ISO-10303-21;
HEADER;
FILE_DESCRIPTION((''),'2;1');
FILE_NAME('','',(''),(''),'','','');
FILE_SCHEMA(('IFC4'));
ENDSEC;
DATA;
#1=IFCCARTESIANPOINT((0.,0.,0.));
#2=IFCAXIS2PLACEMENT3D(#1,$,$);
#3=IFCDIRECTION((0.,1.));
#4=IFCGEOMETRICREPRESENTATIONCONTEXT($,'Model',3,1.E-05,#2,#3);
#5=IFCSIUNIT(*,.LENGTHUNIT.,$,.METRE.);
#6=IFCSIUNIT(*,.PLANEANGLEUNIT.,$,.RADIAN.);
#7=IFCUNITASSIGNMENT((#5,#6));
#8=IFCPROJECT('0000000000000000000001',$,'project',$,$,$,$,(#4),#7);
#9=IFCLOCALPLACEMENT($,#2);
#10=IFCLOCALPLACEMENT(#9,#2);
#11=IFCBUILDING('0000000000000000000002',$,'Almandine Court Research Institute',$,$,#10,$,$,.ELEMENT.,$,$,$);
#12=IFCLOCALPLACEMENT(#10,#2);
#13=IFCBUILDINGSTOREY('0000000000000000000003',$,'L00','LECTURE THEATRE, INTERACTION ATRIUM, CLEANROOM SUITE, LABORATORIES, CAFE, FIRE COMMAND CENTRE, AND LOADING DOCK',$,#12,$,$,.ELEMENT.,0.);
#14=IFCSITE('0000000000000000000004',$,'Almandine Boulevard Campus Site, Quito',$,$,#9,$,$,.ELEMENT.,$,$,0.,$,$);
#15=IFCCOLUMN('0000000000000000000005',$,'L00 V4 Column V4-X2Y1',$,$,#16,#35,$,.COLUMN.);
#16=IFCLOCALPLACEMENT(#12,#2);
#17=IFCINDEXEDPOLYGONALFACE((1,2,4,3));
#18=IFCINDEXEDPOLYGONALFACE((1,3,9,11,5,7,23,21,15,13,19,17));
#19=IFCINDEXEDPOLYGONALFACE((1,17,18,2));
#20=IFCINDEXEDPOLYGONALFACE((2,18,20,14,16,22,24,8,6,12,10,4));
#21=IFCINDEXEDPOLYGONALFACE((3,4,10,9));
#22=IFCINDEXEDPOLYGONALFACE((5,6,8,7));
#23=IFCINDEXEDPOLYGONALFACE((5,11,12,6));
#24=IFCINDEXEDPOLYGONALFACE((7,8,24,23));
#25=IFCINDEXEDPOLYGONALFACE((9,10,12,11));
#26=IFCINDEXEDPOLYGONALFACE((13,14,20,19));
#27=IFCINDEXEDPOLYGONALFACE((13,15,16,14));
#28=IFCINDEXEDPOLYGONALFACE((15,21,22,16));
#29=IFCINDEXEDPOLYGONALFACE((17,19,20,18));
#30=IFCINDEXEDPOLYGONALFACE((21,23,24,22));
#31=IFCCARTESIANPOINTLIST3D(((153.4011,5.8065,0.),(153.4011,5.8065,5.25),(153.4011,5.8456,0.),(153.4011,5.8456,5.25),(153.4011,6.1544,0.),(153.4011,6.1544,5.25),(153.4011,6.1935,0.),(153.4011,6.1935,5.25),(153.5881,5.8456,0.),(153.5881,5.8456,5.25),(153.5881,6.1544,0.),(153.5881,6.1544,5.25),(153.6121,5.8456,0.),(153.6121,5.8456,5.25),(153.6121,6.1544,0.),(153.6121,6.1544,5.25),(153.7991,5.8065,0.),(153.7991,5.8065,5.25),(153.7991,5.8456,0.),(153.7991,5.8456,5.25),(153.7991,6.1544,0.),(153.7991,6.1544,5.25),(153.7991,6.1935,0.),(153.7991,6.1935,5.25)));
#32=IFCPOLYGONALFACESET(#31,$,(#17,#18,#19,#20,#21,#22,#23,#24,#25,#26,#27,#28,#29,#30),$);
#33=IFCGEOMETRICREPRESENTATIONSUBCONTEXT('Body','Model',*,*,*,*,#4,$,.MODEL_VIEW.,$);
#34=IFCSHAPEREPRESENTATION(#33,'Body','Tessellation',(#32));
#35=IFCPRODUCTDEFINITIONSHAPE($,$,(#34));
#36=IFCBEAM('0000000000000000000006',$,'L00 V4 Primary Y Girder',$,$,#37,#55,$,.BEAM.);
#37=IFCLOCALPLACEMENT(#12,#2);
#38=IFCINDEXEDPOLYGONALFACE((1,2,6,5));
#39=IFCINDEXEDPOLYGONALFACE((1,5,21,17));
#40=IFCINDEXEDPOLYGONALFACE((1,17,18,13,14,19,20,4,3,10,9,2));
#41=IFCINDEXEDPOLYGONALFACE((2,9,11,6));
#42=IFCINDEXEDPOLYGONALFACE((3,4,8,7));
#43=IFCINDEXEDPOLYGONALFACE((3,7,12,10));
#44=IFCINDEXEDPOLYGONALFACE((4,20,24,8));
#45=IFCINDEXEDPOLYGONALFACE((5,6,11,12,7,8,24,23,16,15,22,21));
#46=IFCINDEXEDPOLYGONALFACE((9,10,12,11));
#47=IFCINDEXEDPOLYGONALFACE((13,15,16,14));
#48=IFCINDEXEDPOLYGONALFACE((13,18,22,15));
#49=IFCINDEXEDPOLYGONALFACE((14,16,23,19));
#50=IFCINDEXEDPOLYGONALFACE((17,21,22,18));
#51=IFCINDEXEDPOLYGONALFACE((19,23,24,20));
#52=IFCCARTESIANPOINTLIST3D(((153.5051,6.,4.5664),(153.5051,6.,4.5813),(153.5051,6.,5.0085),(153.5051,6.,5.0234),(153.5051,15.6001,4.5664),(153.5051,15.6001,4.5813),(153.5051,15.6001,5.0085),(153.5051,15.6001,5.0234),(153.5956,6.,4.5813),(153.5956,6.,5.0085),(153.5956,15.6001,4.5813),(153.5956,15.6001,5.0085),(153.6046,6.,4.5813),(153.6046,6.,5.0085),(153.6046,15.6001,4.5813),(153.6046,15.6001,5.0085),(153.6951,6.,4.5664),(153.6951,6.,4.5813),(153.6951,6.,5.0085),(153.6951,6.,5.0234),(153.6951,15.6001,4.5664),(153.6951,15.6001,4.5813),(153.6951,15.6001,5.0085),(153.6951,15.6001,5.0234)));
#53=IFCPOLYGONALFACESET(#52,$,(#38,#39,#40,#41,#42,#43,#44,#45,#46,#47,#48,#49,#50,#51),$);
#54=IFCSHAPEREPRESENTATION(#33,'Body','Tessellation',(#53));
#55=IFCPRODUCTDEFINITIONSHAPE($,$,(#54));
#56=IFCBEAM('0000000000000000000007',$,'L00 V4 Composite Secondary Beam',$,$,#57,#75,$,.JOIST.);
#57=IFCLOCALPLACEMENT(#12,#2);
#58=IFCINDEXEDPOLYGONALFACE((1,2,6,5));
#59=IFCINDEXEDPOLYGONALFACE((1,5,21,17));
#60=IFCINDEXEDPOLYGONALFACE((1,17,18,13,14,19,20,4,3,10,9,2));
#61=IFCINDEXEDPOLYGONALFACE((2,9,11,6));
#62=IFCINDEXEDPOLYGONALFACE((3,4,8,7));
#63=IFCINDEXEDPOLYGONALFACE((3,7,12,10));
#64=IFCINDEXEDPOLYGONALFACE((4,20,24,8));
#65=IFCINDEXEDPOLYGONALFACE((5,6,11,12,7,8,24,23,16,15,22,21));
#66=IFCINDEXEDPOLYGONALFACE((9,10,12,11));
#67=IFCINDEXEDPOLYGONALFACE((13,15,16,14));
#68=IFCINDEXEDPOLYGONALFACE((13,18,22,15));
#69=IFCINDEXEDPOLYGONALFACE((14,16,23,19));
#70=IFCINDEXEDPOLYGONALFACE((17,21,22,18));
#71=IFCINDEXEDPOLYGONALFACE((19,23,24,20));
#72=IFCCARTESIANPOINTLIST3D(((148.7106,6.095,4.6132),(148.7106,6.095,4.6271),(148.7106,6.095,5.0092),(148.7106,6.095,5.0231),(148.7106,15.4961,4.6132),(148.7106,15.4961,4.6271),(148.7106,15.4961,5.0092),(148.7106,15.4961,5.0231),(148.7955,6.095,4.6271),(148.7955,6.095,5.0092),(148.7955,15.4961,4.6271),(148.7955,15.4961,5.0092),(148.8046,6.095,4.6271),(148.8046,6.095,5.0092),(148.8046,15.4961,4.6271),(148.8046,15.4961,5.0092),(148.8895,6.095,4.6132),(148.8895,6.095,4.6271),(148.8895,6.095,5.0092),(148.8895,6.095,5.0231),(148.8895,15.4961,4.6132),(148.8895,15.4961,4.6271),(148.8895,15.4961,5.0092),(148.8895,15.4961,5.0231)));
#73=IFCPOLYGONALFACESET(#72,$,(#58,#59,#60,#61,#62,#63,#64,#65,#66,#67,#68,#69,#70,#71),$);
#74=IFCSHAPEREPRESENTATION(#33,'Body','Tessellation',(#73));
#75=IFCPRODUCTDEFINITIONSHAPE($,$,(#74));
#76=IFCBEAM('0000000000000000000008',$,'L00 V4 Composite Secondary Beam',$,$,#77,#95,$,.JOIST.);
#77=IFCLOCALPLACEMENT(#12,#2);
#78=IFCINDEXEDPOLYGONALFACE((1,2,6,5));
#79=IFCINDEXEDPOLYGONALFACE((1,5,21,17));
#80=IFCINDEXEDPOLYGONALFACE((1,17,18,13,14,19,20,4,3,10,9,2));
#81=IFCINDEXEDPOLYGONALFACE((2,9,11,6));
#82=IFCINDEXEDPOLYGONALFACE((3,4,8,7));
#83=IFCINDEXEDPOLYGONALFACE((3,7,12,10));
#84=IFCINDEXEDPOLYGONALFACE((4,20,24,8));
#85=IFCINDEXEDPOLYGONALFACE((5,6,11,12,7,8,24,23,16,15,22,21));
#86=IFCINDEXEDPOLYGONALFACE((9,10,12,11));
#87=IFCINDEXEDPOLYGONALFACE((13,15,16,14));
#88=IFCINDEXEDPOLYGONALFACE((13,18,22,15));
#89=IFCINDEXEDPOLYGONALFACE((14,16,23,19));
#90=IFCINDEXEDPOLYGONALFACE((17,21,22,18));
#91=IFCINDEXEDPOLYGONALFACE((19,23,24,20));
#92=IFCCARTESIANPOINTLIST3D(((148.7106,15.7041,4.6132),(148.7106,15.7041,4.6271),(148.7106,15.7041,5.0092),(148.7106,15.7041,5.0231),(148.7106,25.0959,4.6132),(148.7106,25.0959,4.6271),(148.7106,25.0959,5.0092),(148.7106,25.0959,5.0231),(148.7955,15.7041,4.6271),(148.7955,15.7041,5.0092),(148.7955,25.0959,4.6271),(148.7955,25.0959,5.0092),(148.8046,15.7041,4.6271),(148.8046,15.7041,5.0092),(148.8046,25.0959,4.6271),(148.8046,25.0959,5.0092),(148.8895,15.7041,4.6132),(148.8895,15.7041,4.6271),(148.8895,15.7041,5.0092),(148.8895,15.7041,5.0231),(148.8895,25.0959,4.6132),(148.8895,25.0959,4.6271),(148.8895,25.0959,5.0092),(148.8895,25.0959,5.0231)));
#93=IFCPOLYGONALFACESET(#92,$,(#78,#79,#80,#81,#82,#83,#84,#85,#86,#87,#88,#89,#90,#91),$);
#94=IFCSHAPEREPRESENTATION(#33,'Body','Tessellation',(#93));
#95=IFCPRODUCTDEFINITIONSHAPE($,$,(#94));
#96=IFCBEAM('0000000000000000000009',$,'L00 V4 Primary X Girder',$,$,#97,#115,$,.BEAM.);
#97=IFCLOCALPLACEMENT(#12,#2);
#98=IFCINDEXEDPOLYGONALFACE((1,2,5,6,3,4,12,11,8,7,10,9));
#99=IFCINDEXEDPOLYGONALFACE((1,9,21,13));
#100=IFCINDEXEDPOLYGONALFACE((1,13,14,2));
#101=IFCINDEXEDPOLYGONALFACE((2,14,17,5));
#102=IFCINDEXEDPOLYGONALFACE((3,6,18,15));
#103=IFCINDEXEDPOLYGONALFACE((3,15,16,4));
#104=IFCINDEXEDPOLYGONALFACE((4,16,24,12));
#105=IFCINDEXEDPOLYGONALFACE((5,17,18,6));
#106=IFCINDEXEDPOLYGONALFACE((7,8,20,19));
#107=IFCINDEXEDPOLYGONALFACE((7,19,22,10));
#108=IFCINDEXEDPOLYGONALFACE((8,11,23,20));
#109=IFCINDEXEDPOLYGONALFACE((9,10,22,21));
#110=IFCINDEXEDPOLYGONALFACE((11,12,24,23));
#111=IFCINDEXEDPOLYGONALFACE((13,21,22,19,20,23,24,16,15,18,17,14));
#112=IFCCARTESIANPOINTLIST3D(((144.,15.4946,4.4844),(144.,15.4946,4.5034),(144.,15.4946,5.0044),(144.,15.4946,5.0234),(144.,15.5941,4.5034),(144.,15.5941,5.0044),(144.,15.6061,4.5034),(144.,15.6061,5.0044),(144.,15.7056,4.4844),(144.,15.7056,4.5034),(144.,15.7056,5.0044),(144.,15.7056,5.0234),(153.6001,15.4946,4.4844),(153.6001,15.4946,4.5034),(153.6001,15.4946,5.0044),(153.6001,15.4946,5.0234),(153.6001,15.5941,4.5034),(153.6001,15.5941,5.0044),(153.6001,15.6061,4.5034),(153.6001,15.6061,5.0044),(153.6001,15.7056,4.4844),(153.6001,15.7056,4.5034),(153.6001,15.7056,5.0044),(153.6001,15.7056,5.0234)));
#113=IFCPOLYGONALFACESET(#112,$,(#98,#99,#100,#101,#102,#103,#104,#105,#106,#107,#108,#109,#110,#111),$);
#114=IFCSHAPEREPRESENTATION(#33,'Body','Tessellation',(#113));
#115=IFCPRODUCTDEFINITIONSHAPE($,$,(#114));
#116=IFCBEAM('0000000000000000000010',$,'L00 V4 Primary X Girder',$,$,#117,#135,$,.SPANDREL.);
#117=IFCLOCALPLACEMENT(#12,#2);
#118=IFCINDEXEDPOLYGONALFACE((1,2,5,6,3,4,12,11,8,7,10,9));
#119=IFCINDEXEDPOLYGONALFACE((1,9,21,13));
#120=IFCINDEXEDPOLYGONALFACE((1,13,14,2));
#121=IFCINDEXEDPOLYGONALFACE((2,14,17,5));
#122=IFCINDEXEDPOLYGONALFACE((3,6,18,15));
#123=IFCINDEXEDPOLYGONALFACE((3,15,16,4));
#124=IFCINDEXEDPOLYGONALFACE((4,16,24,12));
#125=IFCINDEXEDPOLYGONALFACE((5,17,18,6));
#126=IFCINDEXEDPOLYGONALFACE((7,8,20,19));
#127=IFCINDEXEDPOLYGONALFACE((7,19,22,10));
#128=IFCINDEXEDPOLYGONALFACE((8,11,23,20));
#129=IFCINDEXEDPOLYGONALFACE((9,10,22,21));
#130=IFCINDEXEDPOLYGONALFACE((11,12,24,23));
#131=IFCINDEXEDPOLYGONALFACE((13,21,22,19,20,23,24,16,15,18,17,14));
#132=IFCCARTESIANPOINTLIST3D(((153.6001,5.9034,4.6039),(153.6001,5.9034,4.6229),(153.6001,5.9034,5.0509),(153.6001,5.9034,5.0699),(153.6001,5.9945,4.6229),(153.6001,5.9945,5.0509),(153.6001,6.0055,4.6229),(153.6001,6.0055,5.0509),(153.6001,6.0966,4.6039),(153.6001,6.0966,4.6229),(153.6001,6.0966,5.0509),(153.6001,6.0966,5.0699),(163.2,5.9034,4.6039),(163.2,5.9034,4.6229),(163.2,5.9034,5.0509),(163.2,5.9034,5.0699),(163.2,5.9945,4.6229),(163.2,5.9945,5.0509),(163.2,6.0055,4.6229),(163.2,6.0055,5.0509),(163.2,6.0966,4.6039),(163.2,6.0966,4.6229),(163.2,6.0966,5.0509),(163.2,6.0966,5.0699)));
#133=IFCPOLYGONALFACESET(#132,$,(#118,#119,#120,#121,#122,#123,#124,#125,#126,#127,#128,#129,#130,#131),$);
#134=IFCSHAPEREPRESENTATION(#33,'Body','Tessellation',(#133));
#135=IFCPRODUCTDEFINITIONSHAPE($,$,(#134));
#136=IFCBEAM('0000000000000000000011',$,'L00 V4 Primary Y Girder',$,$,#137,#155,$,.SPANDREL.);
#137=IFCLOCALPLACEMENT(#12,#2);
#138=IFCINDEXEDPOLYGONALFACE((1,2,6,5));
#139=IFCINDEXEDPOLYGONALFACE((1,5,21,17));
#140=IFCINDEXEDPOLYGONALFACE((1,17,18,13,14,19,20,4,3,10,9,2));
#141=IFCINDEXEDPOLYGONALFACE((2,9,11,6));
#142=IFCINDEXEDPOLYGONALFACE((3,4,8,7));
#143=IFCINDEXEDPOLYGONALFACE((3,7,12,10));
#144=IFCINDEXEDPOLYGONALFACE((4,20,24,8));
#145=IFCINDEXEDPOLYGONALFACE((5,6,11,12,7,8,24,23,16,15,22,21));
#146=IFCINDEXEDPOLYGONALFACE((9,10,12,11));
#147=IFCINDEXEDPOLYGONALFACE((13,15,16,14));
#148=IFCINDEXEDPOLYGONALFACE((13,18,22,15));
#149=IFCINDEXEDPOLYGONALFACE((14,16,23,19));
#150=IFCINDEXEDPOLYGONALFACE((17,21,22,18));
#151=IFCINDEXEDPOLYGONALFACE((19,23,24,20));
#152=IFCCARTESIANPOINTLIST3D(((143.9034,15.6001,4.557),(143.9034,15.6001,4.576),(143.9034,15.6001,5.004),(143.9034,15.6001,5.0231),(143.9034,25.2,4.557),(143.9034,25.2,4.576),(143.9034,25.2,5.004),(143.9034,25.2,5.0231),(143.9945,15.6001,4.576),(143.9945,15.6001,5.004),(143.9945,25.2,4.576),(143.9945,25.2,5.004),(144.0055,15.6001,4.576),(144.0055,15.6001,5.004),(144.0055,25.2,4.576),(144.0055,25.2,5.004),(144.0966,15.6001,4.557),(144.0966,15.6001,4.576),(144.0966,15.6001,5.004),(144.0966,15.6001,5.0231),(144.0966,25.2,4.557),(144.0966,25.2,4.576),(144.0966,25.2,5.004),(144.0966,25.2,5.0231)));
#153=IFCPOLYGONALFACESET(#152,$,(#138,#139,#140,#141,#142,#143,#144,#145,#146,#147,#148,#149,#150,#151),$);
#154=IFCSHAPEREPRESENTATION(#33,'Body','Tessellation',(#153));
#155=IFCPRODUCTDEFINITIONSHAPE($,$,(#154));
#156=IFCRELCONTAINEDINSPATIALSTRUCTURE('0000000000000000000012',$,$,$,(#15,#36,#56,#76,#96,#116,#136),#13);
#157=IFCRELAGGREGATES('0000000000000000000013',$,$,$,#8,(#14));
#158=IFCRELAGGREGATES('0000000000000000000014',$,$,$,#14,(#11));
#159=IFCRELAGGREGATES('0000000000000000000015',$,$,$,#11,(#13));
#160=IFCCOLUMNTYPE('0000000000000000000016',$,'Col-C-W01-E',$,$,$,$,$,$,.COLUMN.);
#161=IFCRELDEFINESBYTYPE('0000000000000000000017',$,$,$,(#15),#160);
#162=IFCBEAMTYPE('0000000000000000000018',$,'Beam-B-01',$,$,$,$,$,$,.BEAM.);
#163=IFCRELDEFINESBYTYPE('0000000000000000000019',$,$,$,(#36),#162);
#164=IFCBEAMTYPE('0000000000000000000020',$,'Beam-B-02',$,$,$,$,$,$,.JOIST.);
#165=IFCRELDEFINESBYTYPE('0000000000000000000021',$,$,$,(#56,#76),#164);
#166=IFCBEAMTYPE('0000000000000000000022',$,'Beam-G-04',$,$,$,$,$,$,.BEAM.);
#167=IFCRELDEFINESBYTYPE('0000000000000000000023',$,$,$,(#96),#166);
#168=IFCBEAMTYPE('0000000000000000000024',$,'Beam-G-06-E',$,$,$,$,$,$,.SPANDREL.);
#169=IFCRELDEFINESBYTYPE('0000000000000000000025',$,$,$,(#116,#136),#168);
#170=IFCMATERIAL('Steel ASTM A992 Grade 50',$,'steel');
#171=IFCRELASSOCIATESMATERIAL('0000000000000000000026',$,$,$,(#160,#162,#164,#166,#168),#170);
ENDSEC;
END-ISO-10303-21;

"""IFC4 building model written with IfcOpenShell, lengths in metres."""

from ifc_helpers import new_model, si_unit, direction, frame, origin, origin_2d, place, context, subcontext, project, spatial, i_section, extrude, material, material_profile, profile_set, type_object, element, save


model = new_model("IFC4")

# Units and contexts
model_context = context("Model", 3, precision=1e-05, world=origin(), true_north=direction((0.0, 1.0)))
body_context = subcontext(model_context, "Body", "Model", "MODEL_VIEW")
ifc_project = project(units=[si_unit("LENGTHUNIT", "METRE"), si_unit("PLANEANGLEUNIT", "RADIAN")], contexts=[model_context])

# Site, building, storey
site_placement = place(None, origin())
site = spatial("IfcSite", under=ifc_project, at=site_placement, Name="Almandine Boulevard Campus Site, Quito", CompositionType="ELEMENT", RefElevation=0.0)
building_placement = place(site_placement, origin())
building = spatial("IfcBuilding", under=site, at=building_placement, Name="Almandine Court Research Institute", CompositionType="ELEMENT")
storey_placement = place(building_placement, origin())
storey = spatial("IfcBuildingStorey", under=building, at=storey_placement, Name="L00", Description="LECTURE THEATRE, INTERACTION ATRIUM, CLEANROOM SUITE, LABORATORIES, CAFE, FIRE COMMAND CENTRE, AND LOADING DOCK", CompositionType="ELEMENT", Elevation=0.0)

# Column
ifc_material_1 = material(Name="Steel ASTM A992 Grade 50", Category="steel")
ifc_material_profile_1 = material_profile(ifc_material_1, i_section(OverallWidth=0.3979, OverallDepth=0.387, WebThickness=0.0239, FlangeThickness=0.0391, at=origin_2d()), Name="W360x262")
ifc_profile_set_1 = profile_set([ifc_material_profile_1], Name="Steel ASTM A992 Grade 50")
column_type = type_object("IfcColumnType", Name="Col-C-W01-E", PredefinedType="COLUMN", material=ifc_profile_set_1)
column_placement = place(storey_placement, frame((153.6001, 6.0, 0.0), z_axis=(0.0, 0.0, 1.0), x_axis=(1.0, 0.0, 0.0)))
element("IfcColumn", 1, at=column_placement, inside=storey, type_object=column_type, Name="L00 V4 Column V4-X2Y1", PredefinedType="COLUMN", context=body_context, shape_type="SweptSolid", body=[
    extrude(i_section(OverallWidth=0.3979, OverallDepth=0.387, WebThickness=0.0239, FlangeThickness=0.0391, at=origin_2d()), origin(), (0.0, 0.0, 1.0), 5.25),
])

# Beams
ifc_material_profile_2 = material_profile(ifc_material_1, i_section(OverallWidth=0.1899, OverallDepth=0.457, WebThickness=0.009, FlangeThickness=0.0149, at=origin_2d()), Name="W460x74")
ifc_profile_set_2 = profile_set([ifc_material_profile_2], Name="Steel ASTM A992 Grade 50")
beam_type_1 = type_object("IfcBeamType", Name="Beam-B-01", PredefinedType="BEAM", material=ifc_profile_set_2)
beam_1_placement = place(storey_placement, frame((153.6001, 6.0, 4.7949), z_axis=(0.0, 1.0, 0.0), x_axis=(-1.0, 0.0, 0.0)))
element("IfcBeam", 2, at=beam_1_placement, inside=storey, type_object=beam_type_1, Name="L00 V4 Primary Y Girder", PredefinedType="BEAM", context=body_context, shape_type="SweptSolid", body=[
    extrude(i_section(OverallWidth=0.1899, OverallDepth=0.457, WebThickness=0.009, FlangeThickness=0.0149, at=origin_2d()), origin(), (0.0, 0.0, 1.0), 9.6001),
])
ifc_material_profile_3 = material_profile(ifc_material_1, i_section(OverallWidth=0.179, OverallDepth=0.4099, WebThickness=0.009, FlangeThickness=0.0139, at=origin_2d()), Name="W410x67")
ifc_profile_set_3 = profile_set([ifc_material_profile_3], Name="Steel ASTM A992 Grade 50")
beam_type_2 = type_object("IfcBeamType", Name="Beam-B-02", PredefinedType="JOIST", material=ifc_profile_set_3)
beam_2_placement = place(storey_placement, frame((148.8, 6.095, 4.8181), z_axis=(0.0, 1.0, 0.0), x_axis=(-1.0, 0.0, 0.0)))
element("IfcBeam", 3, at=beam_2_placement, inside=storey, type_object=beam_type_2, Name="L00 V4 Composite Secondary Beam", PredefinedType="JOIST", context=body_context, shape_type="SweptSolid", body=[
    extrude(i_section(OverallWidth=0.179, OverallDepth=0.4099, WebThickness=0.009, FlangeThickness=0.0139, at=origin_2d()), origin(), (0.0, 0.0, 1.0), 9.4011),
])
beam_3_placement = place(storey_placement, frame((148.8, 15.7041, 4.8181), z_axis=(0.0, 1.0, 0.0), x_axis=(-1.0, 0.0, 0.0)))
element("IfcBeam", 4, at=beam_3_placement, inside=storey, type_object=beam_type_2, Name="L00 V4 Composite Secondary Beam", PredefinedType="JOIST", context=body_context, shape_type="SweptSolid", body=[
    extrude(i_section(OverallWidth=0.179, OverallDepth=0.4099, WebThickness=0.009, FlangeThickness=0.0139, at=origin_2d()), origin(), (0.0, 0.0, 1.0), 9.3918),
])
ifc_material_profile_4 = material_profile(ifc_material_1, i_section(OverallWidth=0.2109, OverallDepth=0.5391, WebThickness=0.012, FlangeThickness=0.019, at=origin_2d()), Name="W530x109")
ifc_profile_set_4 = profile_set([ifc_material_profile_4], Name="Steel ASTM A992 Grade 50")
beam_type_3 = type_object("IfcBeamType", Name="Beam-G-04", PredefinedType="BEAM", material=ifc_profile_set_4)
beam_4_placement = place(storey_placement, frame((144.0, 15.6001, 4.7539), z_axis=(1.0, 0.0, 0.0), x_axis=(0.0, 1.0, 0.0)))
element("IfcBeam", 5, at=beam_4_placement, inside=storey, type_object=beam_type_3, Name="L00 V4 Primary X Girder", PredefinedType="BEAM", context=body_context, shape_type="SweptSolid", body=[
    extrude(i_section(OverallWidth=0.2109, OverallDepth=0.5391, WebThickness=0.012, FlangeThickness=0.019, at=origin_2d()), origin(), (0.0, 0.0, 1.0), 9.6001),
])
ifc_material_profile_5 = material_profile(ifc_material_1, i_section(OverallWidth=0.1931, OverallDepth=0.4661, WebThickness=0.011, FlangeThickness=0.019, at=origin_2d()), Name="W460x97")
ifc_profile_set_5 = profile_set([ifc_material_profile_5], Name="Steel ASTM A992 Grade 50")
beam_type_4 = type_object("IfcBeamType", Name="Beam-G-06-E", PredefinedType="SPANDREL", material=ifc_profile_set_5)
for number, where, z_axis, x_axis, name in (
    (6, (153.6001, 6.0, 4.8369), (1.0, 0.0, 0.0), (0.0, 1.0, 0.0), "L00 V4 Primary X Girder"),
    (7, (144.0, 15.6001, 4.79), (0.0, 1.0, 0.0), (-1.0, 0.0, 0.0), "L00 V4 Primary Y Girder"),
):
    element("IfcBeam", number, at=place(storey_placement, frame(where, z_axis=z_axis, x_axis=x_axis)), inside=storey, type_object=beam_type_4, Name=name, PredefinedType="SPANDREL", context=body_context, shape_type="SweptSolid", body=[
        extrude(i_section(OverallWidth=0.1931, OverallDepth=0.4661, WebThickness=0.011, FlangeThickness=0.019, at=origin_2d()), origin(), (0.0, 0.0, 1.0), 9.5999),
    ])

save(model, "model.ifc")
